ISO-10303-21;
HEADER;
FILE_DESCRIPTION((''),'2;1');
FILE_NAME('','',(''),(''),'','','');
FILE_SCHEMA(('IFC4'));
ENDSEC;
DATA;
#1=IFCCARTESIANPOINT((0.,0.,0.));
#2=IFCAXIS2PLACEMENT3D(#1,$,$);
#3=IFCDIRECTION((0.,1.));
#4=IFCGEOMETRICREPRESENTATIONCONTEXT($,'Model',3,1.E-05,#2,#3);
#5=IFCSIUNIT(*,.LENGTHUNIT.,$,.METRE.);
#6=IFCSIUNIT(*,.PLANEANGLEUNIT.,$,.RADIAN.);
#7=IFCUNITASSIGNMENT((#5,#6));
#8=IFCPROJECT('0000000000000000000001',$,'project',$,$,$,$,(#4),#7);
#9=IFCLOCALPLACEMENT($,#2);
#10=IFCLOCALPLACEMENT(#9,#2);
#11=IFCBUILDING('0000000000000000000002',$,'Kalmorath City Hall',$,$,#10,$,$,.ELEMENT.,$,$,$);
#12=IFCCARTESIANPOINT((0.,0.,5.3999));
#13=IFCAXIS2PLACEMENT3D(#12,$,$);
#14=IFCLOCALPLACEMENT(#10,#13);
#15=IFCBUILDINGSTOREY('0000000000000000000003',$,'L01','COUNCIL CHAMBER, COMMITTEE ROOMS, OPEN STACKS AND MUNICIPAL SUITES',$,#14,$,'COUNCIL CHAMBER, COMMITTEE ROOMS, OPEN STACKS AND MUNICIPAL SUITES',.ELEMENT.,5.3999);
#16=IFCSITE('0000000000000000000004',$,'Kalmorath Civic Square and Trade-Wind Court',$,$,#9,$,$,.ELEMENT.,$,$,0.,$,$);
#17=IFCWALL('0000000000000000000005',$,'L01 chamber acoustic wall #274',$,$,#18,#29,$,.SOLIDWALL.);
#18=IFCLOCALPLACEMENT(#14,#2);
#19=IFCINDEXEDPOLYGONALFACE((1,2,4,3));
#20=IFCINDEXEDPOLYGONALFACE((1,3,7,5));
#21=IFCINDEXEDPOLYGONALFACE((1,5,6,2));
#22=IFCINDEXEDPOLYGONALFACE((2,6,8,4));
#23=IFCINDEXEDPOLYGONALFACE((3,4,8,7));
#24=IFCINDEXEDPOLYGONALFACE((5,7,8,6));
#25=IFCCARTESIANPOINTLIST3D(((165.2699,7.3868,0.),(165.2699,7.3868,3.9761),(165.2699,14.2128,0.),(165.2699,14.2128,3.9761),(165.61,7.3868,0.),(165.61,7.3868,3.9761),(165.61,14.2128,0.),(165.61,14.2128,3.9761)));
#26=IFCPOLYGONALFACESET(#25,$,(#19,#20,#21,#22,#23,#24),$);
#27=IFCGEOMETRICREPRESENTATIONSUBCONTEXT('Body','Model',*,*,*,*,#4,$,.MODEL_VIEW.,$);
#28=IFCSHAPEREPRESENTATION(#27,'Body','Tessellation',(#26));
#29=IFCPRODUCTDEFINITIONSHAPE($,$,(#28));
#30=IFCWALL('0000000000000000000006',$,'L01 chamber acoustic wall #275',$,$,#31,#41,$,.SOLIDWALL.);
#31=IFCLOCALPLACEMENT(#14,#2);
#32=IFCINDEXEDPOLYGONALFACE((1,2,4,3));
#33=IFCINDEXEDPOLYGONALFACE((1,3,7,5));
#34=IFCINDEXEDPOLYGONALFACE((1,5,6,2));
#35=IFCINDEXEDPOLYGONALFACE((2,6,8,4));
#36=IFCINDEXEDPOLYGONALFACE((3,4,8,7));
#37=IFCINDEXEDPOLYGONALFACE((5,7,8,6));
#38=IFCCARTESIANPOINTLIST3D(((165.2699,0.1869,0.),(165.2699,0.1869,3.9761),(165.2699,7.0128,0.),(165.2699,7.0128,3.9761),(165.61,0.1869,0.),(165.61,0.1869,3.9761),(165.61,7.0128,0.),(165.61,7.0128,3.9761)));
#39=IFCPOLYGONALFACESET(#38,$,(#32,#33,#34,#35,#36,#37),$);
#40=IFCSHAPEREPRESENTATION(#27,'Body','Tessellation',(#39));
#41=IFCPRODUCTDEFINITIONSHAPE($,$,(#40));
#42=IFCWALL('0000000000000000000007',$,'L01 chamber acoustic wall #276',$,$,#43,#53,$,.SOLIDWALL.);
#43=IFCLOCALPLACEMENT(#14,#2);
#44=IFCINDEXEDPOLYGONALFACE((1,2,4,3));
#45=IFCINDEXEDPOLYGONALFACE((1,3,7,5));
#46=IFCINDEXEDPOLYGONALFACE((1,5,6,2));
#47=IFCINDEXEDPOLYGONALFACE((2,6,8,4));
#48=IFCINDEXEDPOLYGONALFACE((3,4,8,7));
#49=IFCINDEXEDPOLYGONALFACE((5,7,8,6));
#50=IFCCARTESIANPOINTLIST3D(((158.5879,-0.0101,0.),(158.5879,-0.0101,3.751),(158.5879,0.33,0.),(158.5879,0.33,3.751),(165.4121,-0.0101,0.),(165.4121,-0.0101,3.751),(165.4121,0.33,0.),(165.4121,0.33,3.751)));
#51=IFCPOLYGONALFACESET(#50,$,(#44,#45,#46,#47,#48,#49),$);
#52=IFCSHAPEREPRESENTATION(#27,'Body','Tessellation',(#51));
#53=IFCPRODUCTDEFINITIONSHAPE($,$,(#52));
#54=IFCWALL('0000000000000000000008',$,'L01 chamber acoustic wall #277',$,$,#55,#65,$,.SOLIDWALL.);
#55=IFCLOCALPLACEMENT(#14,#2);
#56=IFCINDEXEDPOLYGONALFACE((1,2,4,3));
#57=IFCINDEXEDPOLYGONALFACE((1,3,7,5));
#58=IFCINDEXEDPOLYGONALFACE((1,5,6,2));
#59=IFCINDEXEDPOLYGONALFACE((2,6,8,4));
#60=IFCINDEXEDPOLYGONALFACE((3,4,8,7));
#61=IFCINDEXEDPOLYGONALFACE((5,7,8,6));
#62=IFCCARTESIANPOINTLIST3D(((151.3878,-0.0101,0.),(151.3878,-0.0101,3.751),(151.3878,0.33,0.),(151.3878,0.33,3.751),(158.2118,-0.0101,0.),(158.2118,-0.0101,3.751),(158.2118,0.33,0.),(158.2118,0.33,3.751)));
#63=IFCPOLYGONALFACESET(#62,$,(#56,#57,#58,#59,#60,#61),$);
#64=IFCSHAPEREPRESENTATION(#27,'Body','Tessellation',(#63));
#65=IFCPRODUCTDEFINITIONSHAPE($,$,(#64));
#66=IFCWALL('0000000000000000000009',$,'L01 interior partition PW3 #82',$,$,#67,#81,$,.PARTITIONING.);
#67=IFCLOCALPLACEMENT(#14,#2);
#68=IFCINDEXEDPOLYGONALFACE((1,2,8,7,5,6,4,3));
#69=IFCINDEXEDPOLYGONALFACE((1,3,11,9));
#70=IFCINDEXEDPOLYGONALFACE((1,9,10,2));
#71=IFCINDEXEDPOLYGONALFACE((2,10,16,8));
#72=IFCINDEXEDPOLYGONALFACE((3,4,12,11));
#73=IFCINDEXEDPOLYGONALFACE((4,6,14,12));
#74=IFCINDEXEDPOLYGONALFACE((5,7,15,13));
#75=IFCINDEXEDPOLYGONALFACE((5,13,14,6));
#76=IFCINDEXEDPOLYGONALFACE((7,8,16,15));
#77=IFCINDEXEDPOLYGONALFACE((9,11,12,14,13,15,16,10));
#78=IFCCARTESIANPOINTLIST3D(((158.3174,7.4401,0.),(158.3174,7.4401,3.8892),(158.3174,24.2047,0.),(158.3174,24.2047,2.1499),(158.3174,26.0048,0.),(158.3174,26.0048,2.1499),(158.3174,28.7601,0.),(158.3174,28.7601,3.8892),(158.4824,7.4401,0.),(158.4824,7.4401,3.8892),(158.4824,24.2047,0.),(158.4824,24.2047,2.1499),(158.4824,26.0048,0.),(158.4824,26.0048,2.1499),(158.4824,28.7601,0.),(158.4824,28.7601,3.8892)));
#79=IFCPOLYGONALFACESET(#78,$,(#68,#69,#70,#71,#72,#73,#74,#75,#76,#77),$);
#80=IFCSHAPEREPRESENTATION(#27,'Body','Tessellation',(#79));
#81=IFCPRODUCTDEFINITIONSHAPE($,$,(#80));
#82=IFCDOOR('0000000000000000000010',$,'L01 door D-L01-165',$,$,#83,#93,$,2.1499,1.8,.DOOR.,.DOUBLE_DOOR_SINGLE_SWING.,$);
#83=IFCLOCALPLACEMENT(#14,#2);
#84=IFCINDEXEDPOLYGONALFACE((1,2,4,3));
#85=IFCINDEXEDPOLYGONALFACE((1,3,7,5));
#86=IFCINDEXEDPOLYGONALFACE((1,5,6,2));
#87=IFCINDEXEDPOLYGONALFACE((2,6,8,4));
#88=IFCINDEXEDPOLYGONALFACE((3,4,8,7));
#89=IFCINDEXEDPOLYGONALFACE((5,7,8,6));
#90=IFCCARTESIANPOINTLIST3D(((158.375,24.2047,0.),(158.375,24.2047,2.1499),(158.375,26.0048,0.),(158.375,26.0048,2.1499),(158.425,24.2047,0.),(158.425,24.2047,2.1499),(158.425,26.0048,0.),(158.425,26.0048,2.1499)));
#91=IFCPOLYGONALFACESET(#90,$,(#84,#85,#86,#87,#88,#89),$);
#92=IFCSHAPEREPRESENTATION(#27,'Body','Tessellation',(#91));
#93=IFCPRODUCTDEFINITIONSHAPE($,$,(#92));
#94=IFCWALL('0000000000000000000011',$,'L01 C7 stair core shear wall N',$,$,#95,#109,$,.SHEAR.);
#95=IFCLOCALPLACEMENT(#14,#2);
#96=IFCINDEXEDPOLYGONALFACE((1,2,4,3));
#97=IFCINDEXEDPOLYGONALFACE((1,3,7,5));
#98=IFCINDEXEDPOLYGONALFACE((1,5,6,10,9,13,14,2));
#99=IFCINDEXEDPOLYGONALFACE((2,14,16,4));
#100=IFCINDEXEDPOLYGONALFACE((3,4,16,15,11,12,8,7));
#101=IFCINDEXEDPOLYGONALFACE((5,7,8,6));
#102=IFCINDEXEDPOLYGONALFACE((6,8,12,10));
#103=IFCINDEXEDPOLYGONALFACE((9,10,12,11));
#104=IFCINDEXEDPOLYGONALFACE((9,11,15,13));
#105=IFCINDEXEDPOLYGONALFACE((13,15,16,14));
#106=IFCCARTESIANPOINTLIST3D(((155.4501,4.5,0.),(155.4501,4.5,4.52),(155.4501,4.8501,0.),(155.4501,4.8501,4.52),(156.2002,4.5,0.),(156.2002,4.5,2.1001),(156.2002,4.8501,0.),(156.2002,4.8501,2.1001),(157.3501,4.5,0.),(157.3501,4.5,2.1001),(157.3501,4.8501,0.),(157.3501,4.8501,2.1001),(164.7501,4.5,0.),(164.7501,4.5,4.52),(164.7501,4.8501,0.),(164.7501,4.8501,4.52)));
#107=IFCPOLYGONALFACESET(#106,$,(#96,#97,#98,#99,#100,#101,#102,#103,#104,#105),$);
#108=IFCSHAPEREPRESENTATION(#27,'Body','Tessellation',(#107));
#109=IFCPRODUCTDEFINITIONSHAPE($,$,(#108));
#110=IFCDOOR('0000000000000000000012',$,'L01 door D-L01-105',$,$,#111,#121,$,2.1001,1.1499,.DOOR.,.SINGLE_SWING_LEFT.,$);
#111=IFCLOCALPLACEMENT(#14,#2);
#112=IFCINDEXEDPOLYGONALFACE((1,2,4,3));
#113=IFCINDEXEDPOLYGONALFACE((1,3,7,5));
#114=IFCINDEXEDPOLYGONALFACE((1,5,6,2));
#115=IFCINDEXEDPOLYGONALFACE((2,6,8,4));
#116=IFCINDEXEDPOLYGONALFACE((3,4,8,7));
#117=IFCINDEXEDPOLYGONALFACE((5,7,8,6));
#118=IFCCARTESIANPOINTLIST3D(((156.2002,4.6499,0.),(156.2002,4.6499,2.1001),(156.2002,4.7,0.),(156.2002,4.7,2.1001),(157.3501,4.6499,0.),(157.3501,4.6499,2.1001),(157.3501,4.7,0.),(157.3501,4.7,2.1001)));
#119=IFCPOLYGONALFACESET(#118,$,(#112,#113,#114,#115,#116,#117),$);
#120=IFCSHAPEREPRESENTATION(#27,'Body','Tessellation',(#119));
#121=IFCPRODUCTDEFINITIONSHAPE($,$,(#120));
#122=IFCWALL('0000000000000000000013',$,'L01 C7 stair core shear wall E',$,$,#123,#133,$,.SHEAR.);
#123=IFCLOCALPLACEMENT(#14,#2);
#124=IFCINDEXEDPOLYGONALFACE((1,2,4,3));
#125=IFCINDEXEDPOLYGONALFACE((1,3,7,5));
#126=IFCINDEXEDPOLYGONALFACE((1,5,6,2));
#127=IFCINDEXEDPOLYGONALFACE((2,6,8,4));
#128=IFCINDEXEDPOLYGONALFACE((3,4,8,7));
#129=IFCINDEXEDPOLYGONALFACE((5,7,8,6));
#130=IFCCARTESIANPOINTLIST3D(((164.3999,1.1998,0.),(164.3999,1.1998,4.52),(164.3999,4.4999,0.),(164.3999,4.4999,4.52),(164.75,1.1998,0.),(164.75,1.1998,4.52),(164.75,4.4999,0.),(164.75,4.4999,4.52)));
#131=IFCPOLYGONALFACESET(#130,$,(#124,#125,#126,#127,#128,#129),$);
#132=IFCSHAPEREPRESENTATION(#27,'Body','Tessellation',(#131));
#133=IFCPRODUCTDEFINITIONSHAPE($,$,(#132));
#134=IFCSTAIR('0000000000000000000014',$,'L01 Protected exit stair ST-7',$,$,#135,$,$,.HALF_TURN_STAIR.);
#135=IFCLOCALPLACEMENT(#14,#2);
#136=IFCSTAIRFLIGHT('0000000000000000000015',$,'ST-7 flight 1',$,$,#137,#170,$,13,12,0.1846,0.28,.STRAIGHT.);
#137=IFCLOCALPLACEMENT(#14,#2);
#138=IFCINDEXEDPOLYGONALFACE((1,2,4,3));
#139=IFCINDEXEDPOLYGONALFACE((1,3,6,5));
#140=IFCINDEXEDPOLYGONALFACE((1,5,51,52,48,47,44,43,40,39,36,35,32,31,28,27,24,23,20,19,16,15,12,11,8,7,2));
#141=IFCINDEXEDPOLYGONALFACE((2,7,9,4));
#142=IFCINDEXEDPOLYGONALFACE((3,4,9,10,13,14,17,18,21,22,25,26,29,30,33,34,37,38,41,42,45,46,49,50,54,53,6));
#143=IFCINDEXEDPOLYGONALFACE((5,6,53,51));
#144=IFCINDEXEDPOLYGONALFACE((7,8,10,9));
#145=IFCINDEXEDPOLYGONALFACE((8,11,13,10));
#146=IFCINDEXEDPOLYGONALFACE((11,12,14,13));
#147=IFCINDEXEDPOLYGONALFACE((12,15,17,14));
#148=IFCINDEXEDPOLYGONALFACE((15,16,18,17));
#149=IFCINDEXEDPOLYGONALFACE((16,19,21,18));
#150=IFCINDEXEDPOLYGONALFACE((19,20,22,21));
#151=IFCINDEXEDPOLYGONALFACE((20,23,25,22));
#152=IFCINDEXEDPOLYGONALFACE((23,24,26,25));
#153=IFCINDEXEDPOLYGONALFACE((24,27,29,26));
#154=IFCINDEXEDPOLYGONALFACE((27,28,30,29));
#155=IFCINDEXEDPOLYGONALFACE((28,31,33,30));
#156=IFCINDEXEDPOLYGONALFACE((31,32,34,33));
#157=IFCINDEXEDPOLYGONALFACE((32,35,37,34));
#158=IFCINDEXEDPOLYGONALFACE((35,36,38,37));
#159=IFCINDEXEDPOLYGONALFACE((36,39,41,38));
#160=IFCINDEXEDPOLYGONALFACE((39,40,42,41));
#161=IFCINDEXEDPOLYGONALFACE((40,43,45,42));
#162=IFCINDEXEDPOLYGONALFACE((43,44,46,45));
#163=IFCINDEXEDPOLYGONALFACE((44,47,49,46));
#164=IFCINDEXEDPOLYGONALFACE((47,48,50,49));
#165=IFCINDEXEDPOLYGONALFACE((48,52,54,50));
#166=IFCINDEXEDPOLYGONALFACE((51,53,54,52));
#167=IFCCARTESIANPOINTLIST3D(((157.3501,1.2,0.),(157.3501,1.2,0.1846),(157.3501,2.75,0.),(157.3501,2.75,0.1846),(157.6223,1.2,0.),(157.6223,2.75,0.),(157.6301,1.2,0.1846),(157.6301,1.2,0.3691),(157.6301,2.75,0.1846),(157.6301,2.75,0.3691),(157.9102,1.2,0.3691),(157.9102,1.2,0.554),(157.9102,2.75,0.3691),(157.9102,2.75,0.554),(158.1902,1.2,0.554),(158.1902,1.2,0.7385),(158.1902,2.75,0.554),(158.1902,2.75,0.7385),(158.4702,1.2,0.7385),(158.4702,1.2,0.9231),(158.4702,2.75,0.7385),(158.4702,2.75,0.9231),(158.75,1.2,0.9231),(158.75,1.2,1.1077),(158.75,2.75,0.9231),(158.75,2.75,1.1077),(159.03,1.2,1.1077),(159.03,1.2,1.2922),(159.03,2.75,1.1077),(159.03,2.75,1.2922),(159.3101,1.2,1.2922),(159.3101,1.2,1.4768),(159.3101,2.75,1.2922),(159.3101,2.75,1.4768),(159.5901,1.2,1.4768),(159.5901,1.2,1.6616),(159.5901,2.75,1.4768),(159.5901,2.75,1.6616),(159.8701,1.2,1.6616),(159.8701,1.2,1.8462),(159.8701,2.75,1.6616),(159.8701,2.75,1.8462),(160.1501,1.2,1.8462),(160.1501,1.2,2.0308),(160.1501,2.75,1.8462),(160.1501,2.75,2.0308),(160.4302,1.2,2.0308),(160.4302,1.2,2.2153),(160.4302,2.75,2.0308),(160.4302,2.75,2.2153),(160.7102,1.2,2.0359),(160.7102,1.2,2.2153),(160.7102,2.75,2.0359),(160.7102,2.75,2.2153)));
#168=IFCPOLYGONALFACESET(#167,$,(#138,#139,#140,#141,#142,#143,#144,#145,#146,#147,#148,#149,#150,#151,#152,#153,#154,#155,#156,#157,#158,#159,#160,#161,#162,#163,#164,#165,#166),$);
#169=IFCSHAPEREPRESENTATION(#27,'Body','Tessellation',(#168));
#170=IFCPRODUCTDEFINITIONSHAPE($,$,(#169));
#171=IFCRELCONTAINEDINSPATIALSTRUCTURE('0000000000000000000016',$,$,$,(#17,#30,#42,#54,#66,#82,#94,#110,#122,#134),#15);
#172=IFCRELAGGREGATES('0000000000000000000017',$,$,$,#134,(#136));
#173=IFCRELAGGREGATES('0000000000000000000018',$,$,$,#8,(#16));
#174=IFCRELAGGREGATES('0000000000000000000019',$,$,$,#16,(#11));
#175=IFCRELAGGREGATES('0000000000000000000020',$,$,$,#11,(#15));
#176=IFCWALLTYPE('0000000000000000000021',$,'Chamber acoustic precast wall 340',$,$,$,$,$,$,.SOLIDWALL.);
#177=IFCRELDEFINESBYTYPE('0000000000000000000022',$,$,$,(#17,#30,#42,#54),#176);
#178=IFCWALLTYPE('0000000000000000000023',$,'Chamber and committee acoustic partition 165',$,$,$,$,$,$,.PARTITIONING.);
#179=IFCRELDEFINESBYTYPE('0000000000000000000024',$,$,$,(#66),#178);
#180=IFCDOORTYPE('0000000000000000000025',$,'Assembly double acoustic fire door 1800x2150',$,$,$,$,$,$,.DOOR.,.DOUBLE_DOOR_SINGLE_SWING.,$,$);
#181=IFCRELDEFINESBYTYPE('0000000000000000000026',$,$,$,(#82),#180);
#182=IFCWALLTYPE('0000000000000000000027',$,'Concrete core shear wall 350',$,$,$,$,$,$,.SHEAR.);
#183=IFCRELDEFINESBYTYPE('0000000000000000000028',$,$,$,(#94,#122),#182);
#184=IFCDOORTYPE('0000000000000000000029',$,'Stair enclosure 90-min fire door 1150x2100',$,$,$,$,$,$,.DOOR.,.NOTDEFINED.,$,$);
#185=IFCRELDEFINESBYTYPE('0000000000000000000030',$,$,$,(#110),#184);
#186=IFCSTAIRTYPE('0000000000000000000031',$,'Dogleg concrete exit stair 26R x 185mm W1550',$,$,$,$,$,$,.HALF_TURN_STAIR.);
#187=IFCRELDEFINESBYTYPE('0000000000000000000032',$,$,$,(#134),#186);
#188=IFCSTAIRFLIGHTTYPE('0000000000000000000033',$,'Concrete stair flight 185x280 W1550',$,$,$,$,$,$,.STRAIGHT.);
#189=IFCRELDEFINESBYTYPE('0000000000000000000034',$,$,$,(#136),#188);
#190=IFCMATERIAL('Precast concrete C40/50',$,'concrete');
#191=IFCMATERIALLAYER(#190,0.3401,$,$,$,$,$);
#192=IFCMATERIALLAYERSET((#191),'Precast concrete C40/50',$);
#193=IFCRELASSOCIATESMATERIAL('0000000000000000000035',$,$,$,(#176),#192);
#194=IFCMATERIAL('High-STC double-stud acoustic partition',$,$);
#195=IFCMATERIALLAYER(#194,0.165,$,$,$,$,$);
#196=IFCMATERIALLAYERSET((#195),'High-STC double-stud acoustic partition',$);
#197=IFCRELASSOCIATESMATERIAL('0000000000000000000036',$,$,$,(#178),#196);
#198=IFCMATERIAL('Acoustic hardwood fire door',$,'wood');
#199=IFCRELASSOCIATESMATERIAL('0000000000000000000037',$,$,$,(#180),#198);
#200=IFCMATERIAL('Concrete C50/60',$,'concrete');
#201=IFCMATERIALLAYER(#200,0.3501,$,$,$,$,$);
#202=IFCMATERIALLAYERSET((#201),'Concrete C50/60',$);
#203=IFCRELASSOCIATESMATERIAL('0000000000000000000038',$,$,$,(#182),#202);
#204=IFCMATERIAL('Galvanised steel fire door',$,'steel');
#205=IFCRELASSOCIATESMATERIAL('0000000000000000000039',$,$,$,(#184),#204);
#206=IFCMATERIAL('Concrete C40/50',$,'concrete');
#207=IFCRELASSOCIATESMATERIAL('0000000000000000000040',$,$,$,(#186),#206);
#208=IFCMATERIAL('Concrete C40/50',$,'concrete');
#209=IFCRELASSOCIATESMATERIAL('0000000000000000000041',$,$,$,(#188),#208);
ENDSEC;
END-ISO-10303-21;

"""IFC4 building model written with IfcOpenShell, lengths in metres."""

from ifc_helpers import new_model, si_unit, direction, frame, frame_2d, origin, place, context, subcontext, project, spatial, polyline, rectangle, outline, extrude, material, layer, layer_set, type_object, element, fill, aggregate, save


model = new_model("IFC4")

# Units and contexts
model_context = context("Model", 3, precision=1e-05, world=origin(), true_north=direction((0.0, 1.0)))
body_context = subcontext(model_context, "Body", "Model", "MODEL_VIEW")
ifc_project = project(units=[si_unit("LENGTHUNIT", "METRE"), si_unit("PLANEANGLEUNIT", "RADIAN")], contexts=[model_context])

# Site, building, storey
site_placement = place(None, origin())
site = spatial("IfcSite", under=ifc_project, at=site_placement, Name="Kalmorath Civic Square and Trade-Wind Court", CompositionType="ELEMENT", RefElevation=0.0)
building_placement = place(site_placement, origin())
building = spatial("IfcBuilding", under=site, at=building_placement, Name="Kalmorath City Hall", CompositionType="ELEMENT")
storey_placement = place(building_placement, frame((0.0, 0.0, 5.3999)))
storey = spatial("IfcBuildingStorey", under=building, at=storey_placement, Name="L01", Description="COUNCIL CHAMBER, COMMITTEE ROOMS, OPEN STACKS AND MUNICIPAL SUITES", LongName="COUNCIL CHAMBER, COMMITTEE ROOMS, OPEN STACKS AND MUNICIPAL SUITES", CompositionType="ELEMENT", Elevation=5.3999)

# Walls
ifc_material_1 = material(Name="Precast concrete C40/50", Category="concrete")
ifc_layer_1 = layer(ifc_material_1, 0.3401)
ifc_layer_set_1 = layer_set([ifc_layer_1], Name="Precast concrete C40/50")
wall_type_1 = type_object("IfcWallType", Name="Chamber acoustic precast wall 340", PredefinedType="SOLIDWALL", material=ifc_layer_set_1)
for number, where, z_axis, x_axis, name in (
    (1, (165.4399, 14.2129, 0.0), (0.0, 0.0, 1.0), (0.0, -1.0, 0.0), "L01 chamber acoustic wall #274"),
    (2, (165.4399, 7.0129, 0.0), (0.0, 0.0, 1.0), (0.0, -1.0, 0.0), "L01 chamber acoustic wall #275"),
):
    element("IfcWall", number, at=place(storey_placement, frame(where, z_axis=z_axis, x_axis=x_axis)), inside=storey, type_object=wall_type_1, Name=name, PredefinedType="SOLIDWALL", context=body_context, shape_type="SweptSolid", body=[
        extrude(rectangle(XDim=6.8259, YDim=0.3401, at=frame_2d((3.4131, 0.0))), origin(), (0.0, 0.0, 1.0), 3.9761),
    ])
wall_1_placement = place(storey_placement, frame((165.4121, 0.1599, 0.0), z_axis=(0.0, 0.0, 1.0), x_axis=(-1.0, 0.0, 0.0)))
element("IfcWall", 3, at=wall_1_placement, inside=storey, type_object=wall_type_1, Name="L01 chamber acoustic wall #276", PredefinedType="SOLIDWALL", context=body_context, shape_type="SweptSolid", body=[
    extrude(rectangle(XDim=6.8242, YDim=0.3401, at=frame_2d((3.4121, 0.0))), origin(), (0.0, 0.0, 1.0), 3.751),
])
wall_2_placement = place(storey_placement, frame((158.2119, 0.1599, 0.0), z_axis=(0.0, 0.0, 1.0), x_axis=(-1.0, 0.0, 0.0)))
element("IfcWall", 4, at=wall_2_placement, inside=storey, type_object=wall_type_1, Name="L01 chamber acoustic wall #277", PredefinedType="SOLIDWALL", context=body_context, shape_type="SweptSolid", body=[
    extrude(rectangle(XDim=6.824, YDim=0.3401, at=frame_2d((3.4121, 0.0))), origin(), (0.0, 0.0, 1.0), 3.751),
])

# Walls, openings, doors
ifc_material_2 = material(Name="High-STC double-stud acoustic partition")
ifc_layer_2 = layer(ifc_material_2, 0.165)
ifc_layer_set_2 = layer_set([ifc_layer_2], Name="High-STC double-stud acoustic partition")
wall_type_2 = type_object("IfcWallType", Name="Chamber and committee acoustic partition 165", PredefinedType="PARTITIONING", material=ifc_layer_set_2)
wall_3_placement = place(storey_placement, frame((158.3999, 7.4399, 0.0), z_axis=(0.0, 0.0, 1.0), x_axis=(0.0, 1.0, 0.0)))
wall_3 = element("IfcWall", 5, at=wall_3_placement, inside=storey, type_object=wall_type_2, Name="L01 interior partition PW3 #82", PredefinedType="PARTITIONING", context=body_context, shape_type="SweptSolid", body=[
    extrude(rectangle(XDim=21.3201, YDim=0.165, at=frame_2d((10.6602, 0.0))), origin(), (0.0, 0.0, 1.0), 3.8892),
])
opening_1_placement = place(wall_3_placement, frame((16.7649, 0.0, 0.0)))
opening_1 = element("IfcOpeningElement", 6, at=opening_1_placement, cuts=wall_3, PredefinedType="OPENING", context=body_context, shape_type="SweptSolid", body=[
    extrude(rectangle(XDim=1.8, YDim=2.1499, at=frame_2d((0.8999, 1.075))), frame((0.0, 0.0925, 0.0), z_axis=(0.0, -1.0, 0.0), x_axis=(1.0, 0.0, 0.0)), (0.0, 0.0, 1.0), 0.1851),
])
ifc_material_3 = material(Name="Acoustic hardwood fire door", Category="wood")
door_type_1 = type_object("IfcDoorType", Name="Assembly double acoustic fire door 1800x2150", OperationType="DOUBLE_DOOR_SINGLE_SWING", PredefinedType="DOOR", material=ifc_material_3)
door_1_placement = place(opening_1_placement, origin())
door_1 = element("IfcDoor", 7, at=door_1_placement, inside=storey, type_object=door_type_1, Name="L01 door D-L01-165", OperationType="DOUBLE_DOOR_SINGLE_SWING", OverallHeight=2.1499, OverallWidth=1.8, PredefinedType="DOOR", context=body_context, shape_type="SweptSolid", body=[
    extrude(rectangle(XDim=1.8, YDim=2.1499, at=frame_2d((0.8999, 1.075))), frame((0.0, 0.0249, 0.0), z_axis=(0.0, -1.0, 0.0), x_axis=(1.0, 0.0, 0.0)), (0.0, 0.0, 1.0), 0.05),
])
fill(opening_1, door_1)
ifc_material_4 = material(Name="Concrete C50/60", Category="concrete")
ifc_layer_3 = layer(ifc_material_4, 0.3501)
ifc_layer_set_3 = layer_set([ifc_layer_3], Name="Concrete C50/60")
wall_type_3 = type_object("IfcWallType", Name="Concrete core shear wall 350", PredefinedType="SHEAR", material=ifc_layer_set_3)
wall_4_placement = place(storey_placement, frame((164.75, 4.675, 0.0), z_axis=(0.0, 0.0, 1.0), x_axis=(-1.0, 0.0, 0.0)))
wall_4 = element("IfcWall", 8, at=wall_4_placement, inside=storey, type_object=wall_type_3, Name="L01 C7 stair core shear wall N", PredefinedType="SHEAR", context=body_context, shape_type="SweptSolid", body=[
    extrude(rectangle(XDim=9.3, YDim=0.3501, at=frame_2d((4.6499, 0.0))), origin(), (0.0, 0.0, 1.0), 4.52),
])
opening_2_placement = place(wall_4_placement, frame((7.3999, 0.0, 0.0)))
opening_2 = element("IfcOpeningElement", 9, at=opening_2_placement, cuts=wall_4, PredefinedType="OPENING", context=body_context, shape_type="SweptSolid", body=[
    extrude(rectangle(XDim=1.1499, YDim=2.1001, at=frame_2d((0.575, 1.05))), frame((0.0, 0.1851, 0.0), z_axis=(0.0, -1.0, 0.0), x_axis=(1.0, 0.0, 0.0)), (0.0, 0.0, 1.0), 0.3701),
])
ifc_material_5 = material(Name="Galvanised steel fire door", Category="steel")
door_type_2 = type_object("IfcDoorType", Name="Stair enclosure 90-min fire door 1150x2100", OperationType="NOTDEFINED", PredefinedType="DOOR", material=ifc_material_5)
door_2_placement = place(opening_2_placement, frame((1.1499, 0.0, 0.0), z_axis=(0.0, 0.0, 1.0), x_axis=(-1.0, 0.0, 0.0)))
door_2 = element("IfcDoor", 10, at=door_2_placement, inside=storey, type_object=door_type_2, Name="L01 door D-L01-105", OperationType="SINGLE_SWING_LEFT", OverallHeight=2.1001, OverallWidth=1.1499, PredefinedType="DOOR", context=body_context, shape_type="SweptSolid", body=[
    extrude(rectangle(XDim=1.1499, YDim=2.1001, at=frame_2d((0.575, 1.05))), frame((0.0, 0.0249, 0.0), z_axis=(0.0, -1.0, 0.0), x_axis=(1.0, 0.0, 0.0)), (0.0, 0.0, 1.0), 0.05),
])
fill(opening_2, door_2)

# Wall
wall_5_placement = place(storey_placement, frame((164.575, 1.2, 0.0), z_axis=(0.0, 0.0, 1.0), x_axis=(0.0, 1.0, 0.0)))
element("IfcWall", 11, at=wall_5_placement, inside=storey, type_object=wall_type_3, Name="L01 C7 stair core shear wall E", PredefinedType="SHEAR", context=body_context, shape_type="SweptSolid", body=[
    extrude(rectangle(XDim=3.3, YDim=0.3501, at=frame_2d((1.6499, 0.0))), origin(), (0.0, 0.0, 1.0), 4.52),
])

# Stair, stair flight
ifc_material_6 = material(Name="Concrete C40/50", Category="concrete")
stair_type = type_object("IfcStairType", Name="Dogleg concrete exit stair 26R x 185mm W1550", PredefinedType="HALF_TURN_STAIR", material=ifc_material_6)
stair_placement = place(storey_placement, origin())
stair = element("IfcStair", 12, at=stair_placement, inside=storey, type_object=stair_type, Name="L01 Protected exit stair ST-7", PredefinedType="HALF_TURN_STAIR")
ifc_material_7 = material(Name="Concrete C40/50", Category="concrete")
stair_flight_type = type_object("IfcStairFlightType", Name="Concrete stair flight 185x280 W1550", PredefinedType="STRAIGHT", material=ifc_material_7)
stair_flight_1_placement = place(storey_placement, frame((157.3501, 1.9751, 0.0), z_axis=(0.0, 0.0, 1.0), x_axis=(1.0, 0.0, 0.0)))
stair_flight_1 = element("IfcStairFlight", 13, at=stair_flight_1_placement, type_object=stair_flight_type, Name="ST-7 flight 1", NumberOfRisers=13, NumberOfTreads=12, PredefinedType="STRAIGHT", RiserHeight=0.1846, TreadLength=0.28, context=body_context, shape_type="SweptSolid", body=[
    extrude(outline(polyline([(0.0, 0.0), (0.0, 0.1846), (0.28, 0.1846), (0.28, 0.3691), (0.5601, 0.3691), (0.5601, 0.554), (0.8401, 0.554), (0.8401, 0.7385), (1.1201, 0.7385), (1.1201, 0.9231), (1.3999, 0.9231), (1.3999, 1.1077), (1.6799, 1.1077), (1.6799, 1.2922), (1.96, 1.2922), (1.96, 1.4768), (2.24, 1.4768), (2.24, 1.6616), (2.52, 1.6616), (2.52, 1.8462), (2.8, 1.8462), (2.8, 2.0308), (3.0801, 2.0308), (3.0801, 2.2153), (3.3601, 2.2153), (3.3601, 2.3999), (3.3601, 2.0359), (0.2722, 0.0), (0.0, 0.0)])), frame((0.0, 0.7749, 0.0), z_axis=(0.0, -1.0, 0.0), x_axis=(1.0, 0.0, 0.0)), (0.0, 0.0, 1.0), 1.55),
])
aggregate(stair, [stair_flight_1])

save(model, "model.ifc")
